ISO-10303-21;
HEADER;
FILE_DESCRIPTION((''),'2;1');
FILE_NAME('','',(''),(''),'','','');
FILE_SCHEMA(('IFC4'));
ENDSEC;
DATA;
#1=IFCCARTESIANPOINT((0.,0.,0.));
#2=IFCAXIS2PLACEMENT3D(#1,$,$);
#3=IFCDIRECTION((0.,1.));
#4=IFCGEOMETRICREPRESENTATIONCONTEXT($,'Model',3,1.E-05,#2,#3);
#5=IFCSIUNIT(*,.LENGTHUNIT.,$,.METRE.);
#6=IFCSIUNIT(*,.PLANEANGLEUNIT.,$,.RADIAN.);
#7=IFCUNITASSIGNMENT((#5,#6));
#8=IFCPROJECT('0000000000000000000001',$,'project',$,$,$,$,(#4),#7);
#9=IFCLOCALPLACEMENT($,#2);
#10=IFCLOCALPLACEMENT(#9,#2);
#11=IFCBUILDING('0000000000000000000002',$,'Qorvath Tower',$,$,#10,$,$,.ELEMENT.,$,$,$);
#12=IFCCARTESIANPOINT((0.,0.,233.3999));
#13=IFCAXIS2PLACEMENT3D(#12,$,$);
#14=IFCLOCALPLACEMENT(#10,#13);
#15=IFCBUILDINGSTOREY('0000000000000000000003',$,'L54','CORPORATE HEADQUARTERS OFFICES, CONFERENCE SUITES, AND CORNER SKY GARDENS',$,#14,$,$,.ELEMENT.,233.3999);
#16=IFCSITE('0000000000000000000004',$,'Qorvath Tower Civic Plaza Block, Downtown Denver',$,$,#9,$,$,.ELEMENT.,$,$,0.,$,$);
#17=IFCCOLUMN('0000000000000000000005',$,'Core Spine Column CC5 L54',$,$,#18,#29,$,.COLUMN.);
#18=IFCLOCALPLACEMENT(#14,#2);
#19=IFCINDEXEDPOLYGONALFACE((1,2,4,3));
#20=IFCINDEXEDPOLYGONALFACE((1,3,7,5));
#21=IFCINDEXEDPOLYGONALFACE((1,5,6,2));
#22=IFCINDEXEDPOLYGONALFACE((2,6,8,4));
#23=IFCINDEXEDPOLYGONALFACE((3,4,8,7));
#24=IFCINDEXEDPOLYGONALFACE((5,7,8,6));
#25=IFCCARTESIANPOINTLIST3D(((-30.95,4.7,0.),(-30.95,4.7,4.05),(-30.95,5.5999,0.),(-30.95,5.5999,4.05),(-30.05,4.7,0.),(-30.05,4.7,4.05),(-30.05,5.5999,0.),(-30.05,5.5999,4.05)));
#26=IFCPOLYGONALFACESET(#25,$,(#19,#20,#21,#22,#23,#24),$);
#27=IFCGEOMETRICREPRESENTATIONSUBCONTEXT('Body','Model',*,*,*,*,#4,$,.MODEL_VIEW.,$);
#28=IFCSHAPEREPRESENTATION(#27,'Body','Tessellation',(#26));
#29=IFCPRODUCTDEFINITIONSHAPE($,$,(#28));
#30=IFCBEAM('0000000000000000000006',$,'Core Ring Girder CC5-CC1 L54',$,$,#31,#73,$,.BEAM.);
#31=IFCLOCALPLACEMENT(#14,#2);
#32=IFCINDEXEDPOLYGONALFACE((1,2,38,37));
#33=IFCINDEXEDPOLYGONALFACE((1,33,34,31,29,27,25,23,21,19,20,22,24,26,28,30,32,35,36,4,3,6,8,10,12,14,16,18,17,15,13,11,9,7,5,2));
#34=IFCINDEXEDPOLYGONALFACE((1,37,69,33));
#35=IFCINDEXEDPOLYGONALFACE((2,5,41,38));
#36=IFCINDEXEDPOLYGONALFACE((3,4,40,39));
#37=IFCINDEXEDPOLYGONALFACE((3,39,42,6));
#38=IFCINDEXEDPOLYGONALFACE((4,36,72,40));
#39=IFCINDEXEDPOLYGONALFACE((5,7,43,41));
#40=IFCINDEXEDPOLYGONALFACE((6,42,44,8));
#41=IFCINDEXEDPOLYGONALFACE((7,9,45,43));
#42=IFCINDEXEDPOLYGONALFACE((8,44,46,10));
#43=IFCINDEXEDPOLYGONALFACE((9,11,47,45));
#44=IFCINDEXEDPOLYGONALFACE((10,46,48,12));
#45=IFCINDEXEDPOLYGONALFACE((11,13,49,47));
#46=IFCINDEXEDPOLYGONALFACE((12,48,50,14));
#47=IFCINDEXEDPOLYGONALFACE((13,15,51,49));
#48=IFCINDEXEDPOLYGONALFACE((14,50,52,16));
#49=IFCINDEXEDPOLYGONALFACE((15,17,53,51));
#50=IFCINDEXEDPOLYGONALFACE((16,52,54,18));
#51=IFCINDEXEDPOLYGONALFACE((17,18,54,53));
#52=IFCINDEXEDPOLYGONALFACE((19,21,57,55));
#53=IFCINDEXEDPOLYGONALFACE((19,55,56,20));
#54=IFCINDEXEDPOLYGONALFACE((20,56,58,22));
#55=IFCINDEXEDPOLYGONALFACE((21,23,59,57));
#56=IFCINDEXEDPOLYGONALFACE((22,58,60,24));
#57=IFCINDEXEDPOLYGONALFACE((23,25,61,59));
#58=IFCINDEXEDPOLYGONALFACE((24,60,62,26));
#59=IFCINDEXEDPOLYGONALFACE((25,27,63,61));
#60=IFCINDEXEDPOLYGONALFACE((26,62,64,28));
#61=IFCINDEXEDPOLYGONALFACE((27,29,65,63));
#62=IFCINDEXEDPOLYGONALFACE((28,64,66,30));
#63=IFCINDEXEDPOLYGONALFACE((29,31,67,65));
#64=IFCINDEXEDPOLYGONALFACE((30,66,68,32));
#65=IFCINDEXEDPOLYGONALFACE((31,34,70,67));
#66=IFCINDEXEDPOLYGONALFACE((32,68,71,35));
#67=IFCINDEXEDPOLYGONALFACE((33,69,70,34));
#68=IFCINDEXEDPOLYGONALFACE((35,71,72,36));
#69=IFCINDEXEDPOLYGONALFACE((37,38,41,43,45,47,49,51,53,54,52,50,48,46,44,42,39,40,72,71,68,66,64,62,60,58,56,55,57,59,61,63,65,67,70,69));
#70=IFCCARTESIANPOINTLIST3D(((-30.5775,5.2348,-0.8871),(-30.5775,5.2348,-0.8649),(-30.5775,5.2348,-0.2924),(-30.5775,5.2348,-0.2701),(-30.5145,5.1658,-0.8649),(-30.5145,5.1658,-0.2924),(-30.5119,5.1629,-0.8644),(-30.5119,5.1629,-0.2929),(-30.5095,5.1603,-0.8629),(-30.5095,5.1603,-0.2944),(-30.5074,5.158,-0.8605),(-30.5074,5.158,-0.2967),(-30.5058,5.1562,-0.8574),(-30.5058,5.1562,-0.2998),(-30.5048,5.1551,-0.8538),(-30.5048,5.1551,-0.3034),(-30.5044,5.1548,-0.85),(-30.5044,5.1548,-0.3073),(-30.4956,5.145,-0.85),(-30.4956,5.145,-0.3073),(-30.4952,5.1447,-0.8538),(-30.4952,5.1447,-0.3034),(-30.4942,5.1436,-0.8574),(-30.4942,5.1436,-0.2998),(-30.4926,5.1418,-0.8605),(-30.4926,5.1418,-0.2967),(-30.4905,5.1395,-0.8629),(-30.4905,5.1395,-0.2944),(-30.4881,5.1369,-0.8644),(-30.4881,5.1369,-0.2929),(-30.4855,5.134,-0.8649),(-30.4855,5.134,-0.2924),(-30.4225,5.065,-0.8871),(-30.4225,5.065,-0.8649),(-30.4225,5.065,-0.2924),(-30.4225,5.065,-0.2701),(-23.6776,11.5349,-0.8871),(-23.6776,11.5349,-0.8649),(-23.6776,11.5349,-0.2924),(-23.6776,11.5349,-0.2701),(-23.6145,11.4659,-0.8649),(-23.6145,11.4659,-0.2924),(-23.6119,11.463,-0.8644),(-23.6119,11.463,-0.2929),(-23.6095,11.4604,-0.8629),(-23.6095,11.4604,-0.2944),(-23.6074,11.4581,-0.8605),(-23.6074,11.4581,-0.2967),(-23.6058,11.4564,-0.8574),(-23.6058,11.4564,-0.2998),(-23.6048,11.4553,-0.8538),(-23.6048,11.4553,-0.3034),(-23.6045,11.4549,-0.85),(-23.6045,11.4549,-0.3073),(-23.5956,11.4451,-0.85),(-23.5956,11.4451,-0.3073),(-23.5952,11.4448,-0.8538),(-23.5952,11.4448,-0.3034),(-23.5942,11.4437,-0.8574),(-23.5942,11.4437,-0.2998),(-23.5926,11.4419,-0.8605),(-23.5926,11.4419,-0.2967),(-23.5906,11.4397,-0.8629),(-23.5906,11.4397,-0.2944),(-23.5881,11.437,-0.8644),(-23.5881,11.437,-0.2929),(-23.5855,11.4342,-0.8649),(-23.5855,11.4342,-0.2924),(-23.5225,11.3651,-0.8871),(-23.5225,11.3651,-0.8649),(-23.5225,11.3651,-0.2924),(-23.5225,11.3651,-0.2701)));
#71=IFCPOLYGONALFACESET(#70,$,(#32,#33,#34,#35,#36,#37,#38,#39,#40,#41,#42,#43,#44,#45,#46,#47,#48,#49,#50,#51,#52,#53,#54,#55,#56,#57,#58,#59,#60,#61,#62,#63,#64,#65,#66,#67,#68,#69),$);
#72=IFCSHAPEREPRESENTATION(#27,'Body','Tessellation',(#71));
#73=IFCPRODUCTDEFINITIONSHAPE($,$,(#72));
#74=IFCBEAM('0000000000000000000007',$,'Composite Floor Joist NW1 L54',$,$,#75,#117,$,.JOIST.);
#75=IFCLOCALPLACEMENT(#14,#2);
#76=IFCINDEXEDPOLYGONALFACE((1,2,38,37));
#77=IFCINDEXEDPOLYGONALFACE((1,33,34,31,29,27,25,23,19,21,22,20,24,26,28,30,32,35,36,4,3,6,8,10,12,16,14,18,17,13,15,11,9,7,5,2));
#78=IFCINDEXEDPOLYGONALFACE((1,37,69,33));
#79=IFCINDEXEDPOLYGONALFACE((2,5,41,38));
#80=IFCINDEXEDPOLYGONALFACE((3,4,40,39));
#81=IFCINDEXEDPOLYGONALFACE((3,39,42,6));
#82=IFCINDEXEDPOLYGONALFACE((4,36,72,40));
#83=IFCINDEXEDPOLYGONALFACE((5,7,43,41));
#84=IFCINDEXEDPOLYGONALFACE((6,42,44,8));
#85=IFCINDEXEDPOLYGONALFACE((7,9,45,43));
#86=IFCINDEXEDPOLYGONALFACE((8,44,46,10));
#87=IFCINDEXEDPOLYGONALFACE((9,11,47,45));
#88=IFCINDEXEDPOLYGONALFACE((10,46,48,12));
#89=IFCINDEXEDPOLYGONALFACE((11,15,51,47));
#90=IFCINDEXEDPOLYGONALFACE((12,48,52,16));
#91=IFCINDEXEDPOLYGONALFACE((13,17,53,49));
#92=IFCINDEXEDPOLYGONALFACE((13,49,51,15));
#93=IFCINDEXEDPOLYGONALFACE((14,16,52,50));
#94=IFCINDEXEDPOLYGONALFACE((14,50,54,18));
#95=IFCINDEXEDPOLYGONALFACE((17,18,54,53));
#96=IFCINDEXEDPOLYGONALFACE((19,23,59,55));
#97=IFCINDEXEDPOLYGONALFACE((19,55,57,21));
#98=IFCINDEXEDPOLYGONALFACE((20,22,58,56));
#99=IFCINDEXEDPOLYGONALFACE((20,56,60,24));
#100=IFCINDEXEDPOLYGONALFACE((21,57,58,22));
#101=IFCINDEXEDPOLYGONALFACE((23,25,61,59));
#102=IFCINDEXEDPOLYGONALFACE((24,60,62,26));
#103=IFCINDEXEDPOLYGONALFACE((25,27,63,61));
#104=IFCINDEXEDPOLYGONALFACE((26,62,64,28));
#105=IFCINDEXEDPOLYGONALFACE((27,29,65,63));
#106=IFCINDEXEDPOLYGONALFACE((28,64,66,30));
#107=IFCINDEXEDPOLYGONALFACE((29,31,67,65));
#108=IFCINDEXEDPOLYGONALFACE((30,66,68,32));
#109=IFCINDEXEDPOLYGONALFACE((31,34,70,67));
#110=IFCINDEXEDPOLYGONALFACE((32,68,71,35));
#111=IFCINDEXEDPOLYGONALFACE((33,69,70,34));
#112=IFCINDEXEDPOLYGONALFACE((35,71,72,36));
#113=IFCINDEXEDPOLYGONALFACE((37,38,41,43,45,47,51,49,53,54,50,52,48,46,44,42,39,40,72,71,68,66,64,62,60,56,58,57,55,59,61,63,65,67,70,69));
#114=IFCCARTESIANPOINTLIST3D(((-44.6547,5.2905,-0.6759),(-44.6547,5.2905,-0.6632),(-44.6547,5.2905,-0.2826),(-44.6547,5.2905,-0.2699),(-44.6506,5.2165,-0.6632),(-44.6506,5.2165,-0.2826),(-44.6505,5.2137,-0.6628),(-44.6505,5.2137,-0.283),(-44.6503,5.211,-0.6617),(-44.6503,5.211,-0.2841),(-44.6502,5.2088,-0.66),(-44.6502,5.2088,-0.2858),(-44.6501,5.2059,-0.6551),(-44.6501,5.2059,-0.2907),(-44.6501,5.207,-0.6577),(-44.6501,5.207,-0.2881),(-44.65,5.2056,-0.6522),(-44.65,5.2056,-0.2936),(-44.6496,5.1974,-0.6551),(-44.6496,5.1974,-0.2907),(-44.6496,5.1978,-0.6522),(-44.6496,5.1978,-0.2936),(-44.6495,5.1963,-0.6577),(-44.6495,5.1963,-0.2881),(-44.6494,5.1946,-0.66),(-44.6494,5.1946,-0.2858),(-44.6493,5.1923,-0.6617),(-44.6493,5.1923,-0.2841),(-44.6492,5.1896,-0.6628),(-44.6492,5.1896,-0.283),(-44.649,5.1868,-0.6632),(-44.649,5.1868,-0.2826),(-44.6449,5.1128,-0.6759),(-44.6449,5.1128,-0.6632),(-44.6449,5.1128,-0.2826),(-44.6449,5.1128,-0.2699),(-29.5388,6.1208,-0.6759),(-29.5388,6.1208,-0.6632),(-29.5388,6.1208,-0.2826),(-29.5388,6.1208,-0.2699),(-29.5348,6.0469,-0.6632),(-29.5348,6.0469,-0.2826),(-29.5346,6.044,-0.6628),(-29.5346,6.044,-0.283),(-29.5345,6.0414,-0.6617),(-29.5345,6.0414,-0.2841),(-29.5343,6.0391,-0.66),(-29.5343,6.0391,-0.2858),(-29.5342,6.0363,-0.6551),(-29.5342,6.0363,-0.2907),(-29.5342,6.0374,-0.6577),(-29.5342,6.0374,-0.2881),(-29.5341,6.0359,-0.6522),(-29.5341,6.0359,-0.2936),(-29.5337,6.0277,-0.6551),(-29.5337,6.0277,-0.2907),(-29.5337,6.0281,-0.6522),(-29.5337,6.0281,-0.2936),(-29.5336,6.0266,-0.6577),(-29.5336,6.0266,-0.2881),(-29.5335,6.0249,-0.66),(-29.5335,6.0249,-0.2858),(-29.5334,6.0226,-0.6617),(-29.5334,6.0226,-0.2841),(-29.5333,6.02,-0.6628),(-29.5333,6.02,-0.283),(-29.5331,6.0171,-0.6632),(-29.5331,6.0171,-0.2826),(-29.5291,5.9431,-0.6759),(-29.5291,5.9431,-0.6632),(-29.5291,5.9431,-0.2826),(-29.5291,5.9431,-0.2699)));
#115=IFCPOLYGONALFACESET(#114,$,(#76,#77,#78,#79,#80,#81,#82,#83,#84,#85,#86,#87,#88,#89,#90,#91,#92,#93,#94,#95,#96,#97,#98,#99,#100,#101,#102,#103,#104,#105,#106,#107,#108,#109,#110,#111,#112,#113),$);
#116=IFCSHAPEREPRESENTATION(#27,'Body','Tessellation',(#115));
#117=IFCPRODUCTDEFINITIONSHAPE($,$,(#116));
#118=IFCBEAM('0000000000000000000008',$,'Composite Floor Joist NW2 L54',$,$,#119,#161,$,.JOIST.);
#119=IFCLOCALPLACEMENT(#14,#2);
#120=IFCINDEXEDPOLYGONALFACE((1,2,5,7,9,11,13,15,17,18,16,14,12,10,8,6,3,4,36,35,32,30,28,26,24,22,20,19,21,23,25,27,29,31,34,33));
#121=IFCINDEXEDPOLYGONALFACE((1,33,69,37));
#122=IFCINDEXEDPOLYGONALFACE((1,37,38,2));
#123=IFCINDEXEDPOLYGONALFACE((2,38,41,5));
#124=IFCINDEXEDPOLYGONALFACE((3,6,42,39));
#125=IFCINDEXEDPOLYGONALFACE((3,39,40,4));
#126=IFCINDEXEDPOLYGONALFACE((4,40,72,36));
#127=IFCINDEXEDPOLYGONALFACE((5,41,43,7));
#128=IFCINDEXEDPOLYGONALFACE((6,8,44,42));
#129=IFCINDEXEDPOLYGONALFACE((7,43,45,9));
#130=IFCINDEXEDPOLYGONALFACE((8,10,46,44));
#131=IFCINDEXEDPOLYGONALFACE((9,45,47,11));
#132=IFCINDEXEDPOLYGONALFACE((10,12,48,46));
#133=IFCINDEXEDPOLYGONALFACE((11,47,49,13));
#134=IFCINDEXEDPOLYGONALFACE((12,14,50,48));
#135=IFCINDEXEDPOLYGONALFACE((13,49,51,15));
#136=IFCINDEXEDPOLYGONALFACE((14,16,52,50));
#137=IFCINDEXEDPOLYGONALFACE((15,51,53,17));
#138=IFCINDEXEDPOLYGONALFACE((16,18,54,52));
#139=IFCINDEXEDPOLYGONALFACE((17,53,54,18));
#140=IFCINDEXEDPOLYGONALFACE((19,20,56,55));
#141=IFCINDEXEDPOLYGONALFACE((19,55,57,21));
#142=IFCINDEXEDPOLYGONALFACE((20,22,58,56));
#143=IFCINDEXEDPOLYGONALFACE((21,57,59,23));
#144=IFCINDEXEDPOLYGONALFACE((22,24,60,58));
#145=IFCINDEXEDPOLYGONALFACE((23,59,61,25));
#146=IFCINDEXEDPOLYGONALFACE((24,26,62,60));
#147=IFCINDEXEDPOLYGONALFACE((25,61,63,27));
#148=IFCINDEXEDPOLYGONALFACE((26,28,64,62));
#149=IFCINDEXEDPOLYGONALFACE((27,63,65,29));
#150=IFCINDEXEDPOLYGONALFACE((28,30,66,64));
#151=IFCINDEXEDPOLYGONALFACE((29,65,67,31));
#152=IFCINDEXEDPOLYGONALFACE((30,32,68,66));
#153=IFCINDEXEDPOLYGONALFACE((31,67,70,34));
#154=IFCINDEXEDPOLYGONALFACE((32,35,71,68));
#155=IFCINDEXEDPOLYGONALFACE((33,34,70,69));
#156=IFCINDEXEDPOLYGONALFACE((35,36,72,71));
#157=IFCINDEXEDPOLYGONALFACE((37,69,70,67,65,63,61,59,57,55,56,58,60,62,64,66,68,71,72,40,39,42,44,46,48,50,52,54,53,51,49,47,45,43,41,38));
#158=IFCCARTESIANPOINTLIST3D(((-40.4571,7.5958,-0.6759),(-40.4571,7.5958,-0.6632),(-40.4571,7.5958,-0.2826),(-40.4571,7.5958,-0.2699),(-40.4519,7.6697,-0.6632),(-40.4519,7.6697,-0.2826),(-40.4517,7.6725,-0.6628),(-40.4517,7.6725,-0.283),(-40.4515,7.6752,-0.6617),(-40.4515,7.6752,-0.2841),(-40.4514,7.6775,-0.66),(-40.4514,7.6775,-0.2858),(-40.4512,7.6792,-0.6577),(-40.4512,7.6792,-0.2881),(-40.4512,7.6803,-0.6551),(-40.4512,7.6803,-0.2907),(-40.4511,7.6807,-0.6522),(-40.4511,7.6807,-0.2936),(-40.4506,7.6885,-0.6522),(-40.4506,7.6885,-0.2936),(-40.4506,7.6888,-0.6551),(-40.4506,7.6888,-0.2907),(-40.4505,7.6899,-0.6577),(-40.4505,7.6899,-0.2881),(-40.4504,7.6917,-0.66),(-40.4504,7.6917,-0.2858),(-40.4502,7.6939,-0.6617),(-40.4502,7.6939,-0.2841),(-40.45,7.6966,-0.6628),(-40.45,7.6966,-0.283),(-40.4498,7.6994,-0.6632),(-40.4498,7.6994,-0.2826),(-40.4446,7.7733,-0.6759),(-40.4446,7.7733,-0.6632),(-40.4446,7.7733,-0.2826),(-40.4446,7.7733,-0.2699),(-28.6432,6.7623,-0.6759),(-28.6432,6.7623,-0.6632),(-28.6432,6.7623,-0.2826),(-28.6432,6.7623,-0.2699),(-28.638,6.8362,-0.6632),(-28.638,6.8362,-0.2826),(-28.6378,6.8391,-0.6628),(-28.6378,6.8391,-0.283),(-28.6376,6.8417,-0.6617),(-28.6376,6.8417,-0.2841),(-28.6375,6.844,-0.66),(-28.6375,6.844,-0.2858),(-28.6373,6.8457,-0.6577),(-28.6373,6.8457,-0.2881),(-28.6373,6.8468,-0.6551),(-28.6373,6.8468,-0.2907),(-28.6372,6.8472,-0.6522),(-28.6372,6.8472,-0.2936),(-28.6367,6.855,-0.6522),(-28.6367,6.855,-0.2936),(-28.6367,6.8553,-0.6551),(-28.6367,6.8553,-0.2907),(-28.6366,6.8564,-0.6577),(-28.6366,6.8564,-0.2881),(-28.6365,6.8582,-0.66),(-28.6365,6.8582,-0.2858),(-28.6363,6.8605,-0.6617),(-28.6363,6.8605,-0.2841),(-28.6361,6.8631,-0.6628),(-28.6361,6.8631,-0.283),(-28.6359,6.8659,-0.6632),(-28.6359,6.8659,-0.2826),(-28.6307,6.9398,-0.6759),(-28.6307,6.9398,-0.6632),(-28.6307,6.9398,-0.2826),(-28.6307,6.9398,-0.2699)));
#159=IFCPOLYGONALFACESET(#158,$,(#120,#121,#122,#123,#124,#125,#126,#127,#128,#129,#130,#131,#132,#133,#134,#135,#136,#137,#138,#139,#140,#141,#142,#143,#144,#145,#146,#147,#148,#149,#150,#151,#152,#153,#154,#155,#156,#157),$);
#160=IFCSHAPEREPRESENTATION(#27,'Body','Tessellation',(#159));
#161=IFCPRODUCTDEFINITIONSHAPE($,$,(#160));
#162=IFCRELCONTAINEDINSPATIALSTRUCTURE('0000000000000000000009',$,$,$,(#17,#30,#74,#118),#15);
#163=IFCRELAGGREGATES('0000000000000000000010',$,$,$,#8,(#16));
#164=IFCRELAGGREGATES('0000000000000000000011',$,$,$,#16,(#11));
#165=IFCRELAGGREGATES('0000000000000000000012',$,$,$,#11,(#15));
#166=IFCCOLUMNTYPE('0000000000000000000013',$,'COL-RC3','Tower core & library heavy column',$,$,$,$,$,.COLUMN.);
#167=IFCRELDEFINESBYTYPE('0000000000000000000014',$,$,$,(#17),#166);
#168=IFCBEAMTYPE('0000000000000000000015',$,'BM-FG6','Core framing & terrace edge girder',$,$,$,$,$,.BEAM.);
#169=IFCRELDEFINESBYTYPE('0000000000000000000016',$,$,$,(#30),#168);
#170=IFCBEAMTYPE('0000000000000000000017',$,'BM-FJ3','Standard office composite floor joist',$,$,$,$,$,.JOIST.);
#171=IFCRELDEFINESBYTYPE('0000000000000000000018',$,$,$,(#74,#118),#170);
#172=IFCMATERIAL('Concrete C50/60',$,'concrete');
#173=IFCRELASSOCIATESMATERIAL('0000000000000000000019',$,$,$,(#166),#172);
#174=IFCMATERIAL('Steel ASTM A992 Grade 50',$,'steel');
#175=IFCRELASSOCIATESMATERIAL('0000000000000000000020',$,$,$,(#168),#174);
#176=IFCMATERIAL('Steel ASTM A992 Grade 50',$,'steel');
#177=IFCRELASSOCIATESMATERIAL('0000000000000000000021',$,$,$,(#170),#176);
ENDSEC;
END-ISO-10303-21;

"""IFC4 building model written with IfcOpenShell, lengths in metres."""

from ifc_helpers import new_model, si_unit, direction, frame, origin, origin_2d, place, context, subcontext, project, spatial, rectangle, i_section, extrude, material, material_profile, profile_set, type_object, element, save


model = new_model("IFC4")

# Units and contexts
model_context = context("Model", 3, precision=1e-05, world=origin(), true_north=direction((0.0, 1.0)))
body_context = subcontext(model_context, "Body", "Model", "MODEL_VIEW")
ifc_project = project(units=[si_unit("LENGTHUNIT", "METRE"), si_unit("PLANEANGLEUNIT", "RADIAN")], contexts=[model_context])

# Site, building, storey
site_placement = place(None, origin())
site = spatial("IfcSite", under=ifc_project, at=site_placement, Name="Qorvath Tower Civic Plaza Block, Downtown Denver", CompositionType="ELEMENT", RefElevation=0.0)
building_placement = place(site_placement, origin())
building = spatial("IfcBuilding", under=site, at=building_placement, Name="Qorvath Tower", CompositionType="ELEMENT")
storey_placement = place(building_placement, frame((0.0, 0.0, 233.3999)))
storey = spatial("IfcBuildingStorey", under=building, at=storey_placement, Name="L54", Description="CORPORATE HEADQUARTERS OFFICES, CONFERENCE SUITES, AND CORNER SKY GARDENS", CompositionType="ELEMENT", Elevation=233.3999)

# Column
ifc_material_1 = material(Name="Concrete C50/60", Category="concrete")
ifc_material_profile_1 = material_profile(ifc_material_1, rectangle(XDim=0.8999, YDim=0.8999, at=origin_2d()), Name="RC 900x900")
ifc_profile_set_1 = profile_set([ifc_material_profile_1], Name="Concrete C50/60")
column_type = type_object("IfcColumnType", Name="COL-RC3", Description="Tower core & library heavy column", PredefinedType="COLUMN", material=ifc_profile_set_1)
column_placement = place(storey_placement, frame((-30.5, 5.1499, 0.0), z_axis=(0.0, 0.0, 1.0), x_axis=(1.0, 0.0, 0.0)))
element("IfcColumn", 1, at=column_placement, inside=storey, type_object=column_type, Name="Core Spine Column CC5 L54", PredefinedType="COLUMN", context=body_context, shape_type="SweptSolid", body=[
    extrude(rectangle(XDim=0.8999, YDim=0.8999, at=origin_2d()), origin(), (0.0, 0.0, 1.0), 4.05),
])

# Beams
ifc_material_2 = material(Name="Steel ASTM A992 Grade 50", Category="steel")
ifc_material_profile_2 = material_profile(ifc_material_2, i_section(OverallWidth=0.23, OverallDepth=0.6169, WebThickness=0.0132, FlangeThickness=0.0222, FilletRadius=0.0149, at=origin_2d()), Name="W24x94")
ifc_profile_set_2 = profile_set([ifc_material_profile_2], Name="Steel ASTM A992 Grade 50")
beam_type_1 = type_object("IfcBeamType", Name="BM-FG6", Description="Core framing & terrace edge girder", PredefinedType="BEAM", material=ifc_profile_set_2)
beam_1_placement = place(storey_placement, frame((-30.5, 5.1499, -0.5786), z_axis=(0.738478, 0.674277, 0.0), x_axis=(-0.674277, 0.738478, 0.0)))
element("IfcBeam", 2, at=beam_1_placement, inside=storey, type_object=beam_type_1, Name="Core Ring Girder CC5-CC1 L54", PredefinedType="BEAM", context=body_context, shape_type="SweptSolid", body=[
    extrude(i_section(OverallWidth=0.23, OverallDepth=0.6169, WebThickness=0.0132, FlangeThickness=0.0222, FilletRadius=0.0149, at=origin_2d()), origin(), (0.0, 0.0, 1.0), 9.3435),
])
ifc_material_3 = material(Name="Steel ASTM A992 Grade 50", Category="steel")
ifc_material_profile_3 = material_profile(ifc_material_3, i_section(OverallWidth=0.178, OverallDepth=0.406, WebThickness=0.0078, FlangeThickness=0.0127, FilletRadius=0.011, at=origin_2d()), Name="W16x40")
ifc_profile_set_3 = profile_set([ifc_material_profile_3], Name="Steel ASTM A992 Grade 50")
beam_type_2 = type_object("IfcBeamType", Name="BM-FJ3", Description="Standard office composite floor joist", PredefinedType="JOIST", material=ifc_profile_set_3)
beam_2_placement = place(storey_placement, frame((-29.5339, 6.032, -0.4729), z_axis=(-0.998495, -0.054847, 0.0), x_axis=(0.054847, -0.998495, 0.0)))
element("IfcBeam", 3, at=beam_2_placement, inside=storey, type_object=beam_type_2, Name="Composite Floor Joist NW1 L54", PredefinedType="JOIST", context=body_context, shape_type="SweptSolid", body=[
    extrude(i_section(OverallWidth=0.178, OverallDepth=0.406, WebThickness=0.0078, FlangeThickness=0.0127, FilletRadius=0.011, at=origin_2d()), origin(), (0.0, 0.0, 1.0), 15.1387),
])
beam_3_placement = place(storey_placement, frame((-28.637, 6.8511, -0.4729), z_axis=(-0.99752, 0.070377, 0.0), x_axis=(-0.070377, -0.99752, 0.0)))
element("IfcBeam", 4, at=beam_3_placement, inside=storey, type_object=beam_type_2, Name="Composite Floor Joist NW2 L54", PredefinedType="JOIST", context=body_context, shape_type="SweptSolid", body=[
    extrude(i_section(OverallWidth=0.178, OverallDepth=0.406, WebThickness=0.0078, FlangeThickness=0.0127, FilletRadius=0.011, at=origin_2d()), origin(), (0.0, 0.0, 1.0), 11.8433),
])

save(model, "model.ifc")
